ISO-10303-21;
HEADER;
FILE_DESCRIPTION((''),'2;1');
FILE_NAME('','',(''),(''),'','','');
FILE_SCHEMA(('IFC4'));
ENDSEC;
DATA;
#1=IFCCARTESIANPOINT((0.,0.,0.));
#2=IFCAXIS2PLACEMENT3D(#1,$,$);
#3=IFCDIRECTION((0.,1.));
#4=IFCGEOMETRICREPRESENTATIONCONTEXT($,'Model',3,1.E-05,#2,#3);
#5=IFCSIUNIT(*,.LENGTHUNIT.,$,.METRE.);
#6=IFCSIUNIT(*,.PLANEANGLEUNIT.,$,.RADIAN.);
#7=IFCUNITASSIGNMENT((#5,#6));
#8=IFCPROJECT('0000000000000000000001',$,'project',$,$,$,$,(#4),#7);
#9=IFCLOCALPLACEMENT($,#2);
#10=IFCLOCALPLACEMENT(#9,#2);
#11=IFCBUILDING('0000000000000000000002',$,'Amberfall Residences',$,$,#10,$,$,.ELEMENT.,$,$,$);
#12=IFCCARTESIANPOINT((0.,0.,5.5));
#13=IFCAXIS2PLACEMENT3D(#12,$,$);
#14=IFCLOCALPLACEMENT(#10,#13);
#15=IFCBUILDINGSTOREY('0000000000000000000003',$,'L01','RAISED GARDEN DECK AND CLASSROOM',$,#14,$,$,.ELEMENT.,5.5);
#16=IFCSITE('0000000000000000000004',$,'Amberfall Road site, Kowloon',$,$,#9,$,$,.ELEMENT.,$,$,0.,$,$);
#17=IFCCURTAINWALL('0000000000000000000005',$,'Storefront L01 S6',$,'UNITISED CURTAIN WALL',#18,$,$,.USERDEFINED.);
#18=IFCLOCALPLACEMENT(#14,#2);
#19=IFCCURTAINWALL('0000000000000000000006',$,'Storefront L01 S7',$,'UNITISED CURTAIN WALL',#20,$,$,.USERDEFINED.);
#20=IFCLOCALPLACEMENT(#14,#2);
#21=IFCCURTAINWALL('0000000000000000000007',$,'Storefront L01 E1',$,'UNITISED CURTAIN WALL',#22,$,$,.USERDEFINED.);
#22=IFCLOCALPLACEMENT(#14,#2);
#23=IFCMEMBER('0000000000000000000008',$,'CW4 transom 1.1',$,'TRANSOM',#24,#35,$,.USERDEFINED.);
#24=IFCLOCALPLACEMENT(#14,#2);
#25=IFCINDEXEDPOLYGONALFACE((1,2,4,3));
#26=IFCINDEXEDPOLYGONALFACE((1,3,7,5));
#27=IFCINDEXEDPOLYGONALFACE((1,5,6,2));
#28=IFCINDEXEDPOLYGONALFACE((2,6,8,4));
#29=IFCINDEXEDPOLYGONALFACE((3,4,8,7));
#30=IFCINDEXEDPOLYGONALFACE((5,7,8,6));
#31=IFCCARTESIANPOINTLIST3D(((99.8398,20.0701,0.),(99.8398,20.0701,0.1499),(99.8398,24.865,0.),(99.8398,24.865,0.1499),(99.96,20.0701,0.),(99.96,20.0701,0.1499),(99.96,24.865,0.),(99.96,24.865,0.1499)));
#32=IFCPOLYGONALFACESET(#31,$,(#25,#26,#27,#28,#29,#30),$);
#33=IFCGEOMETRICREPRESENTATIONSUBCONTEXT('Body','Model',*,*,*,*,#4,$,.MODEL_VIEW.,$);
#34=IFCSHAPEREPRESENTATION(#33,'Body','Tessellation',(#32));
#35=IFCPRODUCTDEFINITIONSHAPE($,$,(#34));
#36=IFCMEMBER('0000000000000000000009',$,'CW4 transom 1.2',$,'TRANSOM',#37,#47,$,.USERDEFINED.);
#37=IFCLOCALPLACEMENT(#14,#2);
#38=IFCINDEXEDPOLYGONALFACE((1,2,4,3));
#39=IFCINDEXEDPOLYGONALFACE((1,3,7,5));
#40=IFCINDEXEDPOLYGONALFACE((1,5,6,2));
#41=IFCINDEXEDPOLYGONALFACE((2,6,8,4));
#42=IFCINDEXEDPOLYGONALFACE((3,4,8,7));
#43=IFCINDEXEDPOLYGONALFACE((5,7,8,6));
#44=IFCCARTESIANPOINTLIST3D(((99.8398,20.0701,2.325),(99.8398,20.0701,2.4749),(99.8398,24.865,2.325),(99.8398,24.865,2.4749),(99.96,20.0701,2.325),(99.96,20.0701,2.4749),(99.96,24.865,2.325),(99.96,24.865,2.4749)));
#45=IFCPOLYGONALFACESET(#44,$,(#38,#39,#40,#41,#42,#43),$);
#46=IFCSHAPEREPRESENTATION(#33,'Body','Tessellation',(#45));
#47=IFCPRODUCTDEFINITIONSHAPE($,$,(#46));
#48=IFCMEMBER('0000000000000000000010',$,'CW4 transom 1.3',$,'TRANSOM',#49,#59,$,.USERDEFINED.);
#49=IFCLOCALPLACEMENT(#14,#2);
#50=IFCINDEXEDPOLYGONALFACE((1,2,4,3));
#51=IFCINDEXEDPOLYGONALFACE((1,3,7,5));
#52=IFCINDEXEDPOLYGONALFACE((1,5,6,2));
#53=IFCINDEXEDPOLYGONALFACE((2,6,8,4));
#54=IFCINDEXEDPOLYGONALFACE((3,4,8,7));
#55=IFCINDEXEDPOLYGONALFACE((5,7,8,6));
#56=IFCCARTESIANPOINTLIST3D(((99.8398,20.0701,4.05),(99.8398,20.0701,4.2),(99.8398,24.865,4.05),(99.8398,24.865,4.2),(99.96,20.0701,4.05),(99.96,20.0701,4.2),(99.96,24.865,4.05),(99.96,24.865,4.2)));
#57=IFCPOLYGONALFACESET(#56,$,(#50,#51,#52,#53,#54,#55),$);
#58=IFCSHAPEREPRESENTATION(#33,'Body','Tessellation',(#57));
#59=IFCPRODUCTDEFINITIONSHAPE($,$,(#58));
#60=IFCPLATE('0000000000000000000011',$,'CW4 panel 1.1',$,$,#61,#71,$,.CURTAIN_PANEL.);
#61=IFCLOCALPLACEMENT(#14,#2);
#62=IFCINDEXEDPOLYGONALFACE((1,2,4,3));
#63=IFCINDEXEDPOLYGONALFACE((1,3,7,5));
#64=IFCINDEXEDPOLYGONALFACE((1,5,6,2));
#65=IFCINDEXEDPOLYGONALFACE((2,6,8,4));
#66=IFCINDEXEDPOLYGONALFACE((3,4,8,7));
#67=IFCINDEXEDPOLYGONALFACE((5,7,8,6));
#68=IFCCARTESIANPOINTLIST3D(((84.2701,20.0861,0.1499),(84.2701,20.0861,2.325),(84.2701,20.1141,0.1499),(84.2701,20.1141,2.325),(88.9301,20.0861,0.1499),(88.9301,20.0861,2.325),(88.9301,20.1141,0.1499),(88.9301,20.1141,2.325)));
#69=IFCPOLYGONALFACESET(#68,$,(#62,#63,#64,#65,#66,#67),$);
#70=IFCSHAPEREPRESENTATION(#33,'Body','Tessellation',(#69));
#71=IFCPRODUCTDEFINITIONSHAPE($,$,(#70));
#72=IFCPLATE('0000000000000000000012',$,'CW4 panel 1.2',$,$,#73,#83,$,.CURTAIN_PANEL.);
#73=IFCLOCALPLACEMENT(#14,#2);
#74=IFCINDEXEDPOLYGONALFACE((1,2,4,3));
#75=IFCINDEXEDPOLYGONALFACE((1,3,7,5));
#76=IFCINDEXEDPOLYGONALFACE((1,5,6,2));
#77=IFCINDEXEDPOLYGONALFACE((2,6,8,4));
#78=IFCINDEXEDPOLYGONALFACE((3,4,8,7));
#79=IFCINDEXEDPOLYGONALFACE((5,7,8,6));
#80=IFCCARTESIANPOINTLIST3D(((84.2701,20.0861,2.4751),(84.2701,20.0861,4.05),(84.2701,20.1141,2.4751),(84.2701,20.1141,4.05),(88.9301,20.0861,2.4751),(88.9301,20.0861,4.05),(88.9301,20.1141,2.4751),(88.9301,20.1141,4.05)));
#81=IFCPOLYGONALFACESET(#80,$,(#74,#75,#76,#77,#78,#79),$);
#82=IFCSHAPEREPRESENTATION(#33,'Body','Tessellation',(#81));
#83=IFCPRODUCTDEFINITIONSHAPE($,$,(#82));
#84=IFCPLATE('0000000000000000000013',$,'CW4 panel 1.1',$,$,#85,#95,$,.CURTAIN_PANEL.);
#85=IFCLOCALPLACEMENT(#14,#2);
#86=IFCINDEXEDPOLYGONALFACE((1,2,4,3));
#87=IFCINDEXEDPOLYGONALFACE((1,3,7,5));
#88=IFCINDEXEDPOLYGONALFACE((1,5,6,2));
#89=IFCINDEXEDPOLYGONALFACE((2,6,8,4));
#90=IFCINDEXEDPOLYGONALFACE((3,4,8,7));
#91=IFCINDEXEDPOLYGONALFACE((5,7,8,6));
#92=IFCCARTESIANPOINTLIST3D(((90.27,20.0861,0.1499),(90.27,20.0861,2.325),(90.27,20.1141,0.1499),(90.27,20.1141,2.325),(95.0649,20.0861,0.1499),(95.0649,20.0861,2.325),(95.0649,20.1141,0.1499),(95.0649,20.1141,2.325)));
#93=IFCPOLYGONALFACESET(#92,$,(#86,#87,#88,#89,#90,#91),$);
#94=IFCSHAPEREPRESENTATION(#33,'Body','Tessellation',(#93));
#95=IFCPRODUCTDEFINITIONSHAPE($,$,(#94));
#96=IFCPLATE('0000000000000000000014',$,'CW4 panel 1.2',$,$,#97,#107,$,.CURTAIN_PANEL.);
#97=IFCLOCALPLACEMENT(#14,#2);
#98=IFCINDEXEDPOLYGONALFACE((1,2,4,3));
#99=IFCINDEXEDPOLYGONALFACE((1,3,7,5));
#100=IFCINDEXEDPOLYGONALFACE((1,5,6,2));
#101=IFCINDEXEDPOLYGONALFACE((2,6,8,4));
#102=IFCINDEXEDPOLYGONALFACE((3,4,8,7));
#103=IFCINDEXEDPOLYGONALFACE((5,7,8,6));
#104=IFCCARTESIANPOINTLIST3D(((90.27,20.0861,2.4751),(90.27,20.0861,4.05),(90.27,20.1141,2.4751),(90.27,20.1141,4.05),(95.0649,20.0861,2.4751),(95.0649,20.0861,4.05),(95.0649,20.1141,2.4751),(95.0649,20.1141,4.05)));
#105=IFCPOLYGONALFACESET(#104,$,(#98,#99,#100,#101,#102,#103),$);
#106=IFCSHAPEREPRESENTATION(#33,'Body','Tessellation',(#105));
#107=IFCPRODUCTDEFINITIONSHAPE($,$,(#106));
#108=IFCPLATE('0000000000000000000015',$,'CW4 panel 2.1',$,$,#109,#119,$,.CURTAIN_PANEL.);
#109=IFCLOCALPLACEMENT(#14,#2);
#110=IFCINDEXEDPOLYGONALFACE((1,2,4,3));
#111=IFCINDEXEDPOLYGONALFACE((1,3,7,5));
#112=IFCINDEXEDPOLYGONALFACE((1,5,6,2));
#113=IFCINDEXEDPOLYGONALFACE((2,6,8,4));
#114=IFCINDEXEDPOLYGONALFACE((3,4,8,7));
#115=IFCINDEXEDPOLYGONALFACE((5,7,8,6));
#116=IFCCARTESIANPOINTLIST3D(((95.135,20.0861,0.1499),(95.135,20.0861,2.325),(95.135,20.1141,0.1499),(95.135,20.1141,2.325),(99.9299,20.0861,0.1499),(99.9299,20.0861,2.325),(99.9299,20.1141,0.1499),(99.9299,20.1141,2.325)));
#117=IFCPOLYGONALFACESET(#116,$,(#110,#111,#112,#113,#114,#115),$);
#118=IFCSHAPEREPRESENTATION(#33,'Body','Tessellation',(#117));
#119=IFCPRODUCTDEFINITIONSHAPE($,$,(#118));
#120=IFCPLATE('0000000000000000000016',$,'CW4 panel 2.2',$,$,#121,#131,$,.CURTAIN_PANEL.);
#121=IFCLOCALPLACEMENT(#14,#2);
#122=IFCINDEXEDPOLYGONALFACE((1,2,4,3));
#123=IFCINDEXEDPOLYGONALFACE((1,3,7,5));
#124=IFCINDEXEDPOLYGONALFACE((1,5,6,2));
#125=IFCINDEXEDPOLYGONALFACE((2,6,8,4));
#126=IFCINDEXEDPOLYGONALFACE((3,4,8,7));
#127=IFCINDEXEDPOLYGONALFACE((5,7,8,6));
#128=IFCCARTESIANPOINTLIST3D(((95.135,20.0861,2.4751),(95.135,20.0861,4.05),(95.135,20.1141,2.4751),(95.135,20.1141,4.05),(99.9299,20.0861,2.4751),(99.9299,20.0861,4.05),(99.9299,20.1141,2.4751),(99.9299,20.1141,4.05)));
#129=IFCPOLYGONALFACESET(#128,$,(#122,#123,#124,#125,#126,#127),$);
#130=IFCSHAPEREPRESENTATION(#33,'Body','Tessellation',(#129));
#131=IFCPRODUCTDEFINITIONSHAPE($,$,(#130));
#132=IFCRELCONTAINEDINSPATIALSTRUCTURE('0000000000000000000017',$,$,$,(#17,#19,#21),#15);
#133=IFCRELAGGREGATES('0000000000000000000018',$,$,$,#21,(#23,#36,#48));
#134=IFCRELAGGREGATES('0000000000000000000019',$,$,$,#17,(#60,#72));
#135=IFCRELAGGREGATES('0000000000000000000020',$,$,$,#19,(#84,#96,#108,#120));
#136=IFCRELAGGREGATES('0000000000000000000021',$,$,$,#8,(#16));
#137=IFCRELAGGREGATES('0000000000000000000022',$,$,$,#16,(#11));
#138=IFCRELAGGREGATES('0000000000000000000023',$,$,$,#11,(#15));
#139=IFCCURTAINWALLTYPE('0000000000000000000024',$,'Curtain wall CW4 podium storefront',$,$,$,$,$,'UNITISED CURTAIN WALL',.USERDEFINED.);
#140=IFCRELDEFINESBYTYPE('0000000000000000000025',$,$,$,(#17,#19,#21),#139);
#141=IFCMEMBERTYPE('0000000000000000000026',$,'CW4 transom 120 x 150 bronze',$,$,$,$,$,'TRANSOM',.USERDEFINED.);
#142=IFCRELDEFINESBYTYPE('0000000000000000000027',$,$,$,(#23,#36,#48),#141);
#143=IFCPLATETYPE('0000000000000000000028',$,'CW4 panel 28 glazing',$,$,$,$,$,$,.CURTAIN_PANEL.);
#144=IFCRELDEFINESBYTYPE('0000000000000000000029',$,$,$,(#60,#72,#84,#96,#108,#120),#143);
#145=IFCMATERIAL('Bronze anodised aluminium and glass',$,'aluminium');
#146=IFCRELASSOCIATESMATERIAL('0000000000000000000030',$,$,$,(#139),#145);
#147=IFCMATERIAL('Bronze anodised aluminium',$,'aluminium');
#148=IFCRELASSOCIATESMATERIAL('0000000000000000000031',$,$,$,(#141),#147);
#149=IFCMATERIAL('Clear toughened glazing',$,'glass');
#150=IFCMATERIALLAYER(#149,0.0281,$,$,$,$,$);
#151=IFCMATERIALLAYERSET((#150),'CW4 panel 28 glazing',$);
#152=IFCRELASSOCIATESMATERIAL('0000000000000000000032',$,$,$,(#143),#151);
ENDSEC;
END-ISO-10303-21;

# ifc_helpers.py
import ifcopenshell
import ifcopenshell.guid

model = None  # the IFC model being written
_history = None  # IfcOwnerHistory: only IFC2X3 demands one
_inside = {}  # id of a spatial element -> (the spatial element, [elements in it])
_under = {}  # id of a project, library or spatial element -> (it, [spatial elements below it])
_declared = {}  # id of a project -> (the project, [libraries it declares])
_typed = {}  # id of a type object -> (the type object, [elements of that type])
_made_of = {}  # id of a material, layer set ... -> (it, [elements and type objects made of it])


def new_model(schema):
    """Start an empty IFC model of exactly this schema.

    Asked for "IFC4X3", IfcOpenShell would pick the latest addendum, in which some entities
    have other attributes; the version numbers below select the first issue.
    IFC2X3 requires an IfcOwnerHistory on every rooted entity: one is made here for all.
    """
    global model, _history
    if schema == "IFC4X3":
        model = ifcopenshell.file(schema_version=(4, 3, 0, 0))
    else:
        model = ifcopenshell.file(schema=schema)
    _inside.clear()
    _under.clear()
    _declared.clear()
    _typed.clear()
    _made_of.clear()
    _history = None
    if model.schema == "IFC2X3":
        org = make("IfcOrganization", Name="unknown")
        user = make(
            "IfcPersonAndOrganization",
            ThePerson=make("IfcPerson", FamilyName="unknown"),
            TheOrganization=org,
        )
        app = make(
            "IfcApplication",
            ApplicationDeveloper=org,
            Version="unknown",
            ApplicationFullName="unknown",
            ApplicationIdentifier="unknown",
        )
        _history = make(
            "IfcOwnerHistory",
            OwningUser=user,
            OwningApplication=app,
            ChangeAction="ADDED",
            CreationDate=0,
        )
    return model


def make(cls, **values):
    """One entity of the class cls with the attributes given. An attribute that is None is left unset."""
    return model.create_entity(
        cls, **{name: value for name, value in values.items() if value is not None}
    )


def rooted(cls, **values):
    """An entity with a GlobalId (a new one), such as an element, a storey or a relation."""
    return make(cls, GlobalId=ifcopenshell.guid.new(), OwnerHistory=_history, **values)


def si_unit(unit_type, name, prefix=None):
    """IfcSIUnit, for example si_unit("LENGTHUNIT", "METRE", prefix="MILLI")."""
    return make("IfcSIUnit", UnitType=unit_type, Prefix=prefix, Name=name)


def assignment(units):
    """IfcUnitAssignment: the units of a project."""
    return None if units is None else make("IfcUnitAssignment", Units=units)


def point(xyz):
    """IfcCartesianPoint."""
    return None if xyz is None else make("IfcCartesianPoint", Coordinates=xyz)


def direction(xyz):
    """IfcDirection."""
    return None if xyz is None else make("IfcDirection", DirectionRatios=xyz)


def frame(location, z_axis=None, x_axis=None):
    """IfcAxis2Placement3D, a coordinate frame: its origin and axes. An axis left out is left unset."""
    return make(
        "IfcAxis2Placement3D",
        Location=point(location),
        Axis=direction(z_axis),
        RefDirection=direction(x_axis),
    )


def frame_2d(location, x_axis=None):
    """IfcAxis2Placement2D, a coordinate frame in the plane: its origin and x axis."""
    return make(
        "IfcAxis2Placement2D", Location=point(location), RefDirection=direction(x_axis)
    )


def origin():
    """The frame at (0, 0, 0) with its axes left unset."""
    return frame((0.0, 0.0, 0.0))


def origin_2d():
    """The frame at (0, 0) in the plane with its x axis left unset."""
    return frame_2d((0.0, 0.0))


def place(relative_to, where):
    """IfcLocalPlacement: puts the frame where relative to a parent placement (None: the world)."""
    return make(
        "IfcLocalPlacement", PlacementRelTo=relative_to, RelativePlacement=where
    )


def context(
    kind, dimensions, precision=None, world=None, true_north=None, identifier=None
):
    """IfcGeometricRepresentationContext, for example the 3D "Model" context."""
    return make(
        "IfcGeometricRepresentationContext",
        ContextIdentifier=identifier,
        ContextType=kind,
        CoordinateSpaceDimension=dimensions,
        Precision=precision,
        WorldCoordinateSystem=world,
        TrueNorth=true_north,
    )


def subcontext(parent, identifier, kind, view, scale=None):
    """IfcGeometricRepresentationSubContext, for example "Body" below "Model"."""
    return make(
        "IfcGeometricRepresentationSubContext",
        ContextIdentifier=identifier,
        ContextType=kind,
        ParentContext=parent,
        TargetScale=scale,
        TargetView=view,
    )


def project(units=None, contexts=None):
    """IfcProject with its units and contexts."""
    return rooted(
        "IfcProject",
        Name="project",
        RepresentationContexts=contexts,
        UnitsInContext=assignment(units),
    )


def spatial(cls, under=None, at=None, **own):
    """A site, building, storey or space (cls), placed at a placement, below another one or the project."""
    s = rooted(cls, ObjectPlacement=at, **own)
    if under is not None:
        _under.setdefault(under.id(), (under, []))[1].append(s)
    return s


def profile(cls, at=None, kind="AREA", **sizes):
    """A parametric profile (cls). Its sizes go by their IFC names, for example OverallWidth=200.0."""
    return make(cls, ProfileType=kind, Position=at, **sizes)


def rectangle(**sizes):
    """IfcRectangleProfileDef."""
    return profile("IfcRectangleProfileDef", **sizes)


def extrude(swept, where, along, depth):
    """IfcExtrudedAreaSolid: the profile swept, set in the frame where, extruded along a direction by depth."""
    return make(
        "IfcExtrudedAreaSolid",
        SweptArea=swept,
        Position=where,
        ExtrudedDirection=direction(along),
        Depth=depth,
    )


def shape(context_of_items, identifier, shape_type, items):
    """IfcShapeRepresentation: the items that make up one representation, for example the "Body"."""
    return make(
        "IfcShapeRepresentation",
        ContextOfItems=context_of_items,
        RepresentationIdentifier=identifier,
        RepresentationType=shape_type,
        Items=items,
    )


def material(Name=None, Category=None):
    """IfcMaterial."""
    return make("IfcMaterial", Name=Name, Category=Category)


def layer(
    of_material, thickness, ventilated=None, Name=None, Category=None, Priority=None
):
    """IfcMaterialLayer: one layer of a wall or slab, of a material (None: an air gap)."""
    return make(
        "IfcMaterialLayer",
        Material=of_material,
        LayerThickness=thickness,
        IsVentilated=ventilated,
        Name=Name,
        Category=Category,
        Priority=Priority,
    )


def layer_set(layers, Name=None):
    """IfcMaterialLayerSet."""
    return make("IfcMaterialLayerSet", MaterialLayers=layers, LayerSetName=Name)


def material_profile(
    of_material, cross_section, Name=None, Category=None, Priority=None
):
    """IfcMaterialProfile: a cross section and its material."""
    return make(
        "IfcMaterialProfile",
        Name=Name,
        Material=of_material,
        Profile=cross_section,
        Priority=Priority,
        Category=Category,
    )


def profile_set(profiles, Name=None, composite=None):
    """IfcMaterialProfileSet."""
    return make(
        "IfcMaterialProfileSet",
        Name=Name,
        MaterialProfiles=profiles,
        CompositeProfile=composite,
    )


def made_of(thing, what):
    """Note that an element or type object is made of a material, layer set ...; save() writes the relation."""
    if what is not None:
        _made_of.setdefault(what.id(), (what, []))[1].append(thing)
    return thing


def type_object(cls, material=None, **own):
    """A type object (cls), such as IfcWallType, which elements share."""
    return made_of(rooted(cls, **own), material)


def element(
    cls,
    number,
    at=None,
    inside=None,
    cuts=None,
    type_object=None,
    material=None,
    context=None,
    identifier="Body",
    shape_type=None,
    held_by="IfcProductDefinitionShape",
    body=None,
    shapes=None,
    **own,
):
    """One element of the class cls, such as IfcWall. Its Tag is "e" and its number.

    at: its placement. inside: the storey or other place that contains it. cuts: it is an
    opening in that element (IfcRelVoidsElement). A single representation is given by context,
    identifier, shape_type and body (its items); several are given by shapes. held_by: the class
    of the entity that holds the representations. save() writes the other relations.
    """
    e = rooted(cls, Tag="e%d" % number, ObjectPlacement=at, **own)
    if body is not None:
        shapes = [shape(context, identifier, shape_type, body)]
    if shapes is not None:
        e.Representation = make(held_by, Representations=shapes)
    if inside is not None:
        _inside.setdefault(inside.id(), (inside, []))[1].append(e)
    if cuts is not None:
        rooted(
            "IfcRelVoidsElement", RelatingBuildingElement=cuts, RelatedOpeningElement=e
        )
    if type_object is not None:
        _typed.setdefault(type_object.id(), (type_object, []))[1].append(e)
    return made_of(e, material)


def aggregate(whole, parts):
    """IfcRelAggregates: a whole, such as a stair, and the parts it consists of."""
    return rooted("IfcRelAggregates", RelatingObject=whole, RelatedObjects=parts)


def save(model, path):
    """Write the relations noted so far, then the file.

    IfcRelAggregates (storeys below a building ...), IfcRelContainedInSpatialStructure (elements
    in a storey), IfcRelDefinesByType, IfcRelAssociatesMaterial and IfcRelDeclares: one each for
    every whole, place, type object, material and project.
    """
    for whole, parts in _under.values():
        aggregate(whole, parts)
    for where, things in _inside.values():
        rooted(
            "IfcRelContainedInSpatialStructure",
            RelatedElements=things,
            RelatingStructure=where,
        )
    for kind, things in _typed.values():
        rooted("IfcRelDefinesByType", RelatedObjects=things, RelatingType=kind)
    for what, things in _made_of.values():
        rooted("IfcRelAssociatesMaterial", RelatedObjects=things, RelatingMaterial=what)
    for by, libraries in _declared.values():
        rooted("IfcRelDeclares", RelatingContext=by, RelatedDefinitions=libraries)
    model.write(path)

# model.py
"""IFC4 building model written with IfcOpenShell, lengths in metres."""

from ifc_helpers import new_model, si_unit, direction, frame, origin, origin_2d, place, context, subcontext, project, spatial, rectangle, extrude, material, layer, layer_set, material_profile, profile_set, type_object, element, aggregate, save


model = new_model("IFC4")

# Units and contexts
model_context = context("Model", 3, precision=1e-05, world=origin(), true_north=direction((0.0, 1.0)))
body_context = subcontext(model_context, "Body", "Model", "MODEL_VIEW")
ifc_project = project(units=[si_unit("LENGTHUNIT", "METRE"), si_unit("PLANEANGLEUNIT", "RADIAN")], contexts=[model_context])

# Site, building, storey
site_placement = place(None, origin())
site = spatial("IfcSite", under=ifc_project, at=site_placement, Name="Amberfall Road site, Kowloon", CompositionType="ELEMENT", RefElevation=0.0)
building_placement = place(site_placement, origin())
building = spatial("IfcBuilding", under=site, at=building_placement, Name="Amberfall Residences", CompositionType="ELEMENT")
storey_placement = place(building_placement, frame((0.0, 0.0, 5.5)))
storey = spatial("IfcBuildingStorey", under=building, at=storey_placement, Name="L01", Description="RAISED GARDEN DECK AND CLASSROOM", CompositionType="ELEMENT", Elevation=5.5)

# Curtain wall
ifc_material_1 = material(Name="Bronze anodised aluminium and glass", Category="aluminium")
curtain_wall_type = type_object("IfcCurtainWallType", Name="Curtain wall CW4 podium storefront", ElementType="UNITISED CURTAIN WALL", PredefinedType="USERDEFINED", material=ifc_material_1)
curtain_wall_1_placement = place(storey_placement, origin())
curtain_wall_1 = element("IfcCurtainWall", 1, at=curtain_wall_1_placement, inside=storey, type_object=curtain_wall_type, Name="Storefront L01 S6", ObjectType="UNITISED CURTAIN WALL", PredefinedType="USERDEFINED")
ifc_material_2 = material(Name="Bronze anodised aluminium", Category="aluminium")

# Curtain wall
curtain_wall_2_placement = place(storey_placement, origin())
curtain_wall_2 = element("IfcCurtainWall", 2, at=curtain_wall_2_placement, inside=storey, type_object=curtain_wall_type, Name="Storefront L01 S7", ObjectType="UNITISED CURTAIN WALL", PredefinedType="USERDEFINED")

# Curtain wall
curtain_wall_3_placement = place(storey_placement, origin())
curtain_wall_3 = element("IfcCurtainWall", 3, at=curtain_wall_3_placement, inside=storey, type_object=curtain_wall_type, Name="Storefront L01 E1", ObjectType="UNITISED CURTAIN WALL", PredefinedType="USERDEFINED")

# Members
ifc_material_profile_1 = material_profile(ifc_material_2, rectangle(XDim=0.1201, YDim=0.1499, at=origin_2d()), Name="CW4 transom 120 x 150 bronze")
ifc_profile_set_1 = profile_set([ifc_material_profile_1], Name="Bronze anodised aluminium")
member_type_1 = type_object("IfcMemberType", Name="CW4 transom 120 x 150 bronze", ElementType="TRANSOM", PredefinedType="USERDEFINED", material=ifc_profile_set_1)
member_1_placement = place(storey_placement, frame((99.8999, 20.0701, 0.075), z_axis=(0.0, 1.0, 0.0), x_axis=(-1.0, 0.0, 0.0)))
member_1 = element("IfcMember", 4, at=member_1_placement, type_object=member_type_1, Name="CW4 transom 1.1", ObjectType="TRANSOM", PredefinedType="USERDEFINED", context=body_context, shape_type="SweptSolid", body=[
    extrude(rectangle(XDim=0.1201, YDim=0.1499, at=origin_2d()), origin(), (0.0, 0.0, 1.0), 4.7949),
])
member_2_placement = place(storey_placement, frame((99.8999, 20.0701, 2.3999), z_axis=(0.0, 1.0, 0.0), x_axis=(-1.0, 0.0, 0.0)))
member_2 = element("IfcMember", 5, at=member_2_placement, type_object=member_type_1, Name="CW4 transom 1.2", ObjectType="TRANSOM", PredefinedType="USERDEFINED", context=body_context, shape_type="SweptSolid", body=[
    extrude(rectangle(XDim=0.1201, YDim=0.1499, at=origin_2d()), origin(), (0.0, 0.0, 1.0), 4.7949),
])
member_3_placement = place(storey_placement, frame((99.8999, 20.0701, 4.125), z_axis=(0.0, 1.0, 0.0), x_axis=(-1.0, 0.0, 0.0)))
member_3 = element("IfcMember", 6, at=member_3_placement, type_object=member_type_1, Name="CW4 transom 1.3", ObjectType="TRANSOM", PredefinedType="USERDEFINED", context=body_context, shape_type="SweptSolid", body=[
    extrude(rectangle(XDim=0.1201, YDim=0.1499, at=origin_2d()), origin(), (0.0, 0.0, 1.0), 4.7949),
])
aggregate(curtain_wall_3, [member_1, member_2, member_3])

# Plates
ifc_material_3 = material(Name="Clear toughened glazing", Category="glass")
ifc_layer = layer(ifc_material_3, 0.0281)
ifc_layer_set = layer_set([ifc_layer], Name="CW4 panel 28 glazing")
plate_type = type_object("IfcPlateType", Name="CW4 panel 28 glazing", PredefinedType="CURTAIN_PANEL", material=ifc_layer_set)
plate_1_placement = place(storey_placement, frame((86.6001, 20.1001, 0.1499), z_axis=(0.0, 0.0, 1.0), x_axis=(1.0, 0.0, 0.0)))
plate_1 = element("IfcPlate", 7, at=plate_1_placement, type_object=plate_type, Name="CW4 panel 1.1", PredefinedType="CURTAIN_PANEL", context=body_context, shape_type="SweptSolid", body=[
    extrude(rectangle(XDim=4.6599, YDim=0.0281, at=origin_2d()), origin(), (0.0, 0.0, 1.0), 2.175),
])
plate_2_placement = place(storey_placement, frame((86.6001, 20.1001, 2.4751), z_axis=(0.0, 0.0, 1.0), x_axis=(1.0, 0.0, 0.0)))
plate_2 = element("IfcPlate", 8, at=plate_2_placement, type_object=plate_type, Name="CW4 panel 1.2", PredefinedType="CURTAIN_PANEL", context=body_context, shape_type="SweptSolid", body=[
    extrude(rectangle(XDim=4.6599, YDim=0.0281, at=origin_2d()), origin(), (0.0, 0.0, 1.0), 1.575),
])
aggregate(curtain_wall_1, [plate_1, plate_2])
plate_3_placement = place(storey_placement, frame((92.6675, 20.1001, 0.1499), z_axis=(0.0, 0.0, 1.0), x_axis=(1.0, 0.0, 0.0)))
plate_3 = element("IfcPlate", 9, at=plate_3_placement, type_object=plate_type, Name="CW4 panel 1.1", PredefinedType="CURTAIN_PANEL", context=body_context, shape_type="SweptSolid", body=[
    extrude(rectangle(XDim=4.7949, YDim=0.0281, at=origin_2d()), origin(), (0.0, 0.0, 1.0), 2.175),
])
plate_4_placement = place(storey_placement, frame((92.6675, 20.1001, 2.4751), z_axis=(0.0, 0.0, 1.0), x_axis=(1.0, 0.0, 0.0)))
plate_4 = element("IfcPlate", 10, at=plate_4_placement, type_object=plate_type, Name="CW4 panel 1.2", PredefinedType="CURTAIN_PANEL", context=body_context, shape_type="SweptSolid", body=[
    extrude(rectangle(XDim=4.7949, YDim=0.0281, at=origin_2d()), origin(), (0.0, 0.0, 1.0), 1.575),
])
plate_5_placement = place(storey_placement, frame((97.5325, 20.1001, 0.1499), z_axis=(0.0, 0.0, 1.0), x_axis=(1.0, 0.0, 0.0)))
plate_5 = element("IfcPlate", 11, at=plate_5_placement, type_object=plate_type, Name="CW4 panel 2.1", PredefinedType="CURTAIN_PANEL", context=body_context, shape_type="SweptSolid", body=[
    extrude(rectangle(XDim=4.7949, YDim=0.0281, at=origin_2d()), origin(), (0.0, 0.0, 1.0), 2.175),
])
plate_6_placement = place(storey_placement, frame((97.5325, 20.1001, 2.4751), z_axis=(0.0, 0.0, 1.0), x_axis=(1.0, 0.0, 0.0)))
plate_6 = element("IfcPlate", 12, at=plate_6_placement, type_object=plate_type, Name="CW4 panel 2.2", PredefinedType="CURTAIN_PANEL", context=body_context, shape_type="SweptSolid", body=[
    extrude(rectangle(XDim=4.7949, YDim=0.0281, at=origin_2d()), origin(), (0.0, 0.0, 1.0), 1.575),
])
aggregate(curtain_wall_2, [plate_3, plate_4, plate_5, plate_6])

save(model, "model.ifc")
